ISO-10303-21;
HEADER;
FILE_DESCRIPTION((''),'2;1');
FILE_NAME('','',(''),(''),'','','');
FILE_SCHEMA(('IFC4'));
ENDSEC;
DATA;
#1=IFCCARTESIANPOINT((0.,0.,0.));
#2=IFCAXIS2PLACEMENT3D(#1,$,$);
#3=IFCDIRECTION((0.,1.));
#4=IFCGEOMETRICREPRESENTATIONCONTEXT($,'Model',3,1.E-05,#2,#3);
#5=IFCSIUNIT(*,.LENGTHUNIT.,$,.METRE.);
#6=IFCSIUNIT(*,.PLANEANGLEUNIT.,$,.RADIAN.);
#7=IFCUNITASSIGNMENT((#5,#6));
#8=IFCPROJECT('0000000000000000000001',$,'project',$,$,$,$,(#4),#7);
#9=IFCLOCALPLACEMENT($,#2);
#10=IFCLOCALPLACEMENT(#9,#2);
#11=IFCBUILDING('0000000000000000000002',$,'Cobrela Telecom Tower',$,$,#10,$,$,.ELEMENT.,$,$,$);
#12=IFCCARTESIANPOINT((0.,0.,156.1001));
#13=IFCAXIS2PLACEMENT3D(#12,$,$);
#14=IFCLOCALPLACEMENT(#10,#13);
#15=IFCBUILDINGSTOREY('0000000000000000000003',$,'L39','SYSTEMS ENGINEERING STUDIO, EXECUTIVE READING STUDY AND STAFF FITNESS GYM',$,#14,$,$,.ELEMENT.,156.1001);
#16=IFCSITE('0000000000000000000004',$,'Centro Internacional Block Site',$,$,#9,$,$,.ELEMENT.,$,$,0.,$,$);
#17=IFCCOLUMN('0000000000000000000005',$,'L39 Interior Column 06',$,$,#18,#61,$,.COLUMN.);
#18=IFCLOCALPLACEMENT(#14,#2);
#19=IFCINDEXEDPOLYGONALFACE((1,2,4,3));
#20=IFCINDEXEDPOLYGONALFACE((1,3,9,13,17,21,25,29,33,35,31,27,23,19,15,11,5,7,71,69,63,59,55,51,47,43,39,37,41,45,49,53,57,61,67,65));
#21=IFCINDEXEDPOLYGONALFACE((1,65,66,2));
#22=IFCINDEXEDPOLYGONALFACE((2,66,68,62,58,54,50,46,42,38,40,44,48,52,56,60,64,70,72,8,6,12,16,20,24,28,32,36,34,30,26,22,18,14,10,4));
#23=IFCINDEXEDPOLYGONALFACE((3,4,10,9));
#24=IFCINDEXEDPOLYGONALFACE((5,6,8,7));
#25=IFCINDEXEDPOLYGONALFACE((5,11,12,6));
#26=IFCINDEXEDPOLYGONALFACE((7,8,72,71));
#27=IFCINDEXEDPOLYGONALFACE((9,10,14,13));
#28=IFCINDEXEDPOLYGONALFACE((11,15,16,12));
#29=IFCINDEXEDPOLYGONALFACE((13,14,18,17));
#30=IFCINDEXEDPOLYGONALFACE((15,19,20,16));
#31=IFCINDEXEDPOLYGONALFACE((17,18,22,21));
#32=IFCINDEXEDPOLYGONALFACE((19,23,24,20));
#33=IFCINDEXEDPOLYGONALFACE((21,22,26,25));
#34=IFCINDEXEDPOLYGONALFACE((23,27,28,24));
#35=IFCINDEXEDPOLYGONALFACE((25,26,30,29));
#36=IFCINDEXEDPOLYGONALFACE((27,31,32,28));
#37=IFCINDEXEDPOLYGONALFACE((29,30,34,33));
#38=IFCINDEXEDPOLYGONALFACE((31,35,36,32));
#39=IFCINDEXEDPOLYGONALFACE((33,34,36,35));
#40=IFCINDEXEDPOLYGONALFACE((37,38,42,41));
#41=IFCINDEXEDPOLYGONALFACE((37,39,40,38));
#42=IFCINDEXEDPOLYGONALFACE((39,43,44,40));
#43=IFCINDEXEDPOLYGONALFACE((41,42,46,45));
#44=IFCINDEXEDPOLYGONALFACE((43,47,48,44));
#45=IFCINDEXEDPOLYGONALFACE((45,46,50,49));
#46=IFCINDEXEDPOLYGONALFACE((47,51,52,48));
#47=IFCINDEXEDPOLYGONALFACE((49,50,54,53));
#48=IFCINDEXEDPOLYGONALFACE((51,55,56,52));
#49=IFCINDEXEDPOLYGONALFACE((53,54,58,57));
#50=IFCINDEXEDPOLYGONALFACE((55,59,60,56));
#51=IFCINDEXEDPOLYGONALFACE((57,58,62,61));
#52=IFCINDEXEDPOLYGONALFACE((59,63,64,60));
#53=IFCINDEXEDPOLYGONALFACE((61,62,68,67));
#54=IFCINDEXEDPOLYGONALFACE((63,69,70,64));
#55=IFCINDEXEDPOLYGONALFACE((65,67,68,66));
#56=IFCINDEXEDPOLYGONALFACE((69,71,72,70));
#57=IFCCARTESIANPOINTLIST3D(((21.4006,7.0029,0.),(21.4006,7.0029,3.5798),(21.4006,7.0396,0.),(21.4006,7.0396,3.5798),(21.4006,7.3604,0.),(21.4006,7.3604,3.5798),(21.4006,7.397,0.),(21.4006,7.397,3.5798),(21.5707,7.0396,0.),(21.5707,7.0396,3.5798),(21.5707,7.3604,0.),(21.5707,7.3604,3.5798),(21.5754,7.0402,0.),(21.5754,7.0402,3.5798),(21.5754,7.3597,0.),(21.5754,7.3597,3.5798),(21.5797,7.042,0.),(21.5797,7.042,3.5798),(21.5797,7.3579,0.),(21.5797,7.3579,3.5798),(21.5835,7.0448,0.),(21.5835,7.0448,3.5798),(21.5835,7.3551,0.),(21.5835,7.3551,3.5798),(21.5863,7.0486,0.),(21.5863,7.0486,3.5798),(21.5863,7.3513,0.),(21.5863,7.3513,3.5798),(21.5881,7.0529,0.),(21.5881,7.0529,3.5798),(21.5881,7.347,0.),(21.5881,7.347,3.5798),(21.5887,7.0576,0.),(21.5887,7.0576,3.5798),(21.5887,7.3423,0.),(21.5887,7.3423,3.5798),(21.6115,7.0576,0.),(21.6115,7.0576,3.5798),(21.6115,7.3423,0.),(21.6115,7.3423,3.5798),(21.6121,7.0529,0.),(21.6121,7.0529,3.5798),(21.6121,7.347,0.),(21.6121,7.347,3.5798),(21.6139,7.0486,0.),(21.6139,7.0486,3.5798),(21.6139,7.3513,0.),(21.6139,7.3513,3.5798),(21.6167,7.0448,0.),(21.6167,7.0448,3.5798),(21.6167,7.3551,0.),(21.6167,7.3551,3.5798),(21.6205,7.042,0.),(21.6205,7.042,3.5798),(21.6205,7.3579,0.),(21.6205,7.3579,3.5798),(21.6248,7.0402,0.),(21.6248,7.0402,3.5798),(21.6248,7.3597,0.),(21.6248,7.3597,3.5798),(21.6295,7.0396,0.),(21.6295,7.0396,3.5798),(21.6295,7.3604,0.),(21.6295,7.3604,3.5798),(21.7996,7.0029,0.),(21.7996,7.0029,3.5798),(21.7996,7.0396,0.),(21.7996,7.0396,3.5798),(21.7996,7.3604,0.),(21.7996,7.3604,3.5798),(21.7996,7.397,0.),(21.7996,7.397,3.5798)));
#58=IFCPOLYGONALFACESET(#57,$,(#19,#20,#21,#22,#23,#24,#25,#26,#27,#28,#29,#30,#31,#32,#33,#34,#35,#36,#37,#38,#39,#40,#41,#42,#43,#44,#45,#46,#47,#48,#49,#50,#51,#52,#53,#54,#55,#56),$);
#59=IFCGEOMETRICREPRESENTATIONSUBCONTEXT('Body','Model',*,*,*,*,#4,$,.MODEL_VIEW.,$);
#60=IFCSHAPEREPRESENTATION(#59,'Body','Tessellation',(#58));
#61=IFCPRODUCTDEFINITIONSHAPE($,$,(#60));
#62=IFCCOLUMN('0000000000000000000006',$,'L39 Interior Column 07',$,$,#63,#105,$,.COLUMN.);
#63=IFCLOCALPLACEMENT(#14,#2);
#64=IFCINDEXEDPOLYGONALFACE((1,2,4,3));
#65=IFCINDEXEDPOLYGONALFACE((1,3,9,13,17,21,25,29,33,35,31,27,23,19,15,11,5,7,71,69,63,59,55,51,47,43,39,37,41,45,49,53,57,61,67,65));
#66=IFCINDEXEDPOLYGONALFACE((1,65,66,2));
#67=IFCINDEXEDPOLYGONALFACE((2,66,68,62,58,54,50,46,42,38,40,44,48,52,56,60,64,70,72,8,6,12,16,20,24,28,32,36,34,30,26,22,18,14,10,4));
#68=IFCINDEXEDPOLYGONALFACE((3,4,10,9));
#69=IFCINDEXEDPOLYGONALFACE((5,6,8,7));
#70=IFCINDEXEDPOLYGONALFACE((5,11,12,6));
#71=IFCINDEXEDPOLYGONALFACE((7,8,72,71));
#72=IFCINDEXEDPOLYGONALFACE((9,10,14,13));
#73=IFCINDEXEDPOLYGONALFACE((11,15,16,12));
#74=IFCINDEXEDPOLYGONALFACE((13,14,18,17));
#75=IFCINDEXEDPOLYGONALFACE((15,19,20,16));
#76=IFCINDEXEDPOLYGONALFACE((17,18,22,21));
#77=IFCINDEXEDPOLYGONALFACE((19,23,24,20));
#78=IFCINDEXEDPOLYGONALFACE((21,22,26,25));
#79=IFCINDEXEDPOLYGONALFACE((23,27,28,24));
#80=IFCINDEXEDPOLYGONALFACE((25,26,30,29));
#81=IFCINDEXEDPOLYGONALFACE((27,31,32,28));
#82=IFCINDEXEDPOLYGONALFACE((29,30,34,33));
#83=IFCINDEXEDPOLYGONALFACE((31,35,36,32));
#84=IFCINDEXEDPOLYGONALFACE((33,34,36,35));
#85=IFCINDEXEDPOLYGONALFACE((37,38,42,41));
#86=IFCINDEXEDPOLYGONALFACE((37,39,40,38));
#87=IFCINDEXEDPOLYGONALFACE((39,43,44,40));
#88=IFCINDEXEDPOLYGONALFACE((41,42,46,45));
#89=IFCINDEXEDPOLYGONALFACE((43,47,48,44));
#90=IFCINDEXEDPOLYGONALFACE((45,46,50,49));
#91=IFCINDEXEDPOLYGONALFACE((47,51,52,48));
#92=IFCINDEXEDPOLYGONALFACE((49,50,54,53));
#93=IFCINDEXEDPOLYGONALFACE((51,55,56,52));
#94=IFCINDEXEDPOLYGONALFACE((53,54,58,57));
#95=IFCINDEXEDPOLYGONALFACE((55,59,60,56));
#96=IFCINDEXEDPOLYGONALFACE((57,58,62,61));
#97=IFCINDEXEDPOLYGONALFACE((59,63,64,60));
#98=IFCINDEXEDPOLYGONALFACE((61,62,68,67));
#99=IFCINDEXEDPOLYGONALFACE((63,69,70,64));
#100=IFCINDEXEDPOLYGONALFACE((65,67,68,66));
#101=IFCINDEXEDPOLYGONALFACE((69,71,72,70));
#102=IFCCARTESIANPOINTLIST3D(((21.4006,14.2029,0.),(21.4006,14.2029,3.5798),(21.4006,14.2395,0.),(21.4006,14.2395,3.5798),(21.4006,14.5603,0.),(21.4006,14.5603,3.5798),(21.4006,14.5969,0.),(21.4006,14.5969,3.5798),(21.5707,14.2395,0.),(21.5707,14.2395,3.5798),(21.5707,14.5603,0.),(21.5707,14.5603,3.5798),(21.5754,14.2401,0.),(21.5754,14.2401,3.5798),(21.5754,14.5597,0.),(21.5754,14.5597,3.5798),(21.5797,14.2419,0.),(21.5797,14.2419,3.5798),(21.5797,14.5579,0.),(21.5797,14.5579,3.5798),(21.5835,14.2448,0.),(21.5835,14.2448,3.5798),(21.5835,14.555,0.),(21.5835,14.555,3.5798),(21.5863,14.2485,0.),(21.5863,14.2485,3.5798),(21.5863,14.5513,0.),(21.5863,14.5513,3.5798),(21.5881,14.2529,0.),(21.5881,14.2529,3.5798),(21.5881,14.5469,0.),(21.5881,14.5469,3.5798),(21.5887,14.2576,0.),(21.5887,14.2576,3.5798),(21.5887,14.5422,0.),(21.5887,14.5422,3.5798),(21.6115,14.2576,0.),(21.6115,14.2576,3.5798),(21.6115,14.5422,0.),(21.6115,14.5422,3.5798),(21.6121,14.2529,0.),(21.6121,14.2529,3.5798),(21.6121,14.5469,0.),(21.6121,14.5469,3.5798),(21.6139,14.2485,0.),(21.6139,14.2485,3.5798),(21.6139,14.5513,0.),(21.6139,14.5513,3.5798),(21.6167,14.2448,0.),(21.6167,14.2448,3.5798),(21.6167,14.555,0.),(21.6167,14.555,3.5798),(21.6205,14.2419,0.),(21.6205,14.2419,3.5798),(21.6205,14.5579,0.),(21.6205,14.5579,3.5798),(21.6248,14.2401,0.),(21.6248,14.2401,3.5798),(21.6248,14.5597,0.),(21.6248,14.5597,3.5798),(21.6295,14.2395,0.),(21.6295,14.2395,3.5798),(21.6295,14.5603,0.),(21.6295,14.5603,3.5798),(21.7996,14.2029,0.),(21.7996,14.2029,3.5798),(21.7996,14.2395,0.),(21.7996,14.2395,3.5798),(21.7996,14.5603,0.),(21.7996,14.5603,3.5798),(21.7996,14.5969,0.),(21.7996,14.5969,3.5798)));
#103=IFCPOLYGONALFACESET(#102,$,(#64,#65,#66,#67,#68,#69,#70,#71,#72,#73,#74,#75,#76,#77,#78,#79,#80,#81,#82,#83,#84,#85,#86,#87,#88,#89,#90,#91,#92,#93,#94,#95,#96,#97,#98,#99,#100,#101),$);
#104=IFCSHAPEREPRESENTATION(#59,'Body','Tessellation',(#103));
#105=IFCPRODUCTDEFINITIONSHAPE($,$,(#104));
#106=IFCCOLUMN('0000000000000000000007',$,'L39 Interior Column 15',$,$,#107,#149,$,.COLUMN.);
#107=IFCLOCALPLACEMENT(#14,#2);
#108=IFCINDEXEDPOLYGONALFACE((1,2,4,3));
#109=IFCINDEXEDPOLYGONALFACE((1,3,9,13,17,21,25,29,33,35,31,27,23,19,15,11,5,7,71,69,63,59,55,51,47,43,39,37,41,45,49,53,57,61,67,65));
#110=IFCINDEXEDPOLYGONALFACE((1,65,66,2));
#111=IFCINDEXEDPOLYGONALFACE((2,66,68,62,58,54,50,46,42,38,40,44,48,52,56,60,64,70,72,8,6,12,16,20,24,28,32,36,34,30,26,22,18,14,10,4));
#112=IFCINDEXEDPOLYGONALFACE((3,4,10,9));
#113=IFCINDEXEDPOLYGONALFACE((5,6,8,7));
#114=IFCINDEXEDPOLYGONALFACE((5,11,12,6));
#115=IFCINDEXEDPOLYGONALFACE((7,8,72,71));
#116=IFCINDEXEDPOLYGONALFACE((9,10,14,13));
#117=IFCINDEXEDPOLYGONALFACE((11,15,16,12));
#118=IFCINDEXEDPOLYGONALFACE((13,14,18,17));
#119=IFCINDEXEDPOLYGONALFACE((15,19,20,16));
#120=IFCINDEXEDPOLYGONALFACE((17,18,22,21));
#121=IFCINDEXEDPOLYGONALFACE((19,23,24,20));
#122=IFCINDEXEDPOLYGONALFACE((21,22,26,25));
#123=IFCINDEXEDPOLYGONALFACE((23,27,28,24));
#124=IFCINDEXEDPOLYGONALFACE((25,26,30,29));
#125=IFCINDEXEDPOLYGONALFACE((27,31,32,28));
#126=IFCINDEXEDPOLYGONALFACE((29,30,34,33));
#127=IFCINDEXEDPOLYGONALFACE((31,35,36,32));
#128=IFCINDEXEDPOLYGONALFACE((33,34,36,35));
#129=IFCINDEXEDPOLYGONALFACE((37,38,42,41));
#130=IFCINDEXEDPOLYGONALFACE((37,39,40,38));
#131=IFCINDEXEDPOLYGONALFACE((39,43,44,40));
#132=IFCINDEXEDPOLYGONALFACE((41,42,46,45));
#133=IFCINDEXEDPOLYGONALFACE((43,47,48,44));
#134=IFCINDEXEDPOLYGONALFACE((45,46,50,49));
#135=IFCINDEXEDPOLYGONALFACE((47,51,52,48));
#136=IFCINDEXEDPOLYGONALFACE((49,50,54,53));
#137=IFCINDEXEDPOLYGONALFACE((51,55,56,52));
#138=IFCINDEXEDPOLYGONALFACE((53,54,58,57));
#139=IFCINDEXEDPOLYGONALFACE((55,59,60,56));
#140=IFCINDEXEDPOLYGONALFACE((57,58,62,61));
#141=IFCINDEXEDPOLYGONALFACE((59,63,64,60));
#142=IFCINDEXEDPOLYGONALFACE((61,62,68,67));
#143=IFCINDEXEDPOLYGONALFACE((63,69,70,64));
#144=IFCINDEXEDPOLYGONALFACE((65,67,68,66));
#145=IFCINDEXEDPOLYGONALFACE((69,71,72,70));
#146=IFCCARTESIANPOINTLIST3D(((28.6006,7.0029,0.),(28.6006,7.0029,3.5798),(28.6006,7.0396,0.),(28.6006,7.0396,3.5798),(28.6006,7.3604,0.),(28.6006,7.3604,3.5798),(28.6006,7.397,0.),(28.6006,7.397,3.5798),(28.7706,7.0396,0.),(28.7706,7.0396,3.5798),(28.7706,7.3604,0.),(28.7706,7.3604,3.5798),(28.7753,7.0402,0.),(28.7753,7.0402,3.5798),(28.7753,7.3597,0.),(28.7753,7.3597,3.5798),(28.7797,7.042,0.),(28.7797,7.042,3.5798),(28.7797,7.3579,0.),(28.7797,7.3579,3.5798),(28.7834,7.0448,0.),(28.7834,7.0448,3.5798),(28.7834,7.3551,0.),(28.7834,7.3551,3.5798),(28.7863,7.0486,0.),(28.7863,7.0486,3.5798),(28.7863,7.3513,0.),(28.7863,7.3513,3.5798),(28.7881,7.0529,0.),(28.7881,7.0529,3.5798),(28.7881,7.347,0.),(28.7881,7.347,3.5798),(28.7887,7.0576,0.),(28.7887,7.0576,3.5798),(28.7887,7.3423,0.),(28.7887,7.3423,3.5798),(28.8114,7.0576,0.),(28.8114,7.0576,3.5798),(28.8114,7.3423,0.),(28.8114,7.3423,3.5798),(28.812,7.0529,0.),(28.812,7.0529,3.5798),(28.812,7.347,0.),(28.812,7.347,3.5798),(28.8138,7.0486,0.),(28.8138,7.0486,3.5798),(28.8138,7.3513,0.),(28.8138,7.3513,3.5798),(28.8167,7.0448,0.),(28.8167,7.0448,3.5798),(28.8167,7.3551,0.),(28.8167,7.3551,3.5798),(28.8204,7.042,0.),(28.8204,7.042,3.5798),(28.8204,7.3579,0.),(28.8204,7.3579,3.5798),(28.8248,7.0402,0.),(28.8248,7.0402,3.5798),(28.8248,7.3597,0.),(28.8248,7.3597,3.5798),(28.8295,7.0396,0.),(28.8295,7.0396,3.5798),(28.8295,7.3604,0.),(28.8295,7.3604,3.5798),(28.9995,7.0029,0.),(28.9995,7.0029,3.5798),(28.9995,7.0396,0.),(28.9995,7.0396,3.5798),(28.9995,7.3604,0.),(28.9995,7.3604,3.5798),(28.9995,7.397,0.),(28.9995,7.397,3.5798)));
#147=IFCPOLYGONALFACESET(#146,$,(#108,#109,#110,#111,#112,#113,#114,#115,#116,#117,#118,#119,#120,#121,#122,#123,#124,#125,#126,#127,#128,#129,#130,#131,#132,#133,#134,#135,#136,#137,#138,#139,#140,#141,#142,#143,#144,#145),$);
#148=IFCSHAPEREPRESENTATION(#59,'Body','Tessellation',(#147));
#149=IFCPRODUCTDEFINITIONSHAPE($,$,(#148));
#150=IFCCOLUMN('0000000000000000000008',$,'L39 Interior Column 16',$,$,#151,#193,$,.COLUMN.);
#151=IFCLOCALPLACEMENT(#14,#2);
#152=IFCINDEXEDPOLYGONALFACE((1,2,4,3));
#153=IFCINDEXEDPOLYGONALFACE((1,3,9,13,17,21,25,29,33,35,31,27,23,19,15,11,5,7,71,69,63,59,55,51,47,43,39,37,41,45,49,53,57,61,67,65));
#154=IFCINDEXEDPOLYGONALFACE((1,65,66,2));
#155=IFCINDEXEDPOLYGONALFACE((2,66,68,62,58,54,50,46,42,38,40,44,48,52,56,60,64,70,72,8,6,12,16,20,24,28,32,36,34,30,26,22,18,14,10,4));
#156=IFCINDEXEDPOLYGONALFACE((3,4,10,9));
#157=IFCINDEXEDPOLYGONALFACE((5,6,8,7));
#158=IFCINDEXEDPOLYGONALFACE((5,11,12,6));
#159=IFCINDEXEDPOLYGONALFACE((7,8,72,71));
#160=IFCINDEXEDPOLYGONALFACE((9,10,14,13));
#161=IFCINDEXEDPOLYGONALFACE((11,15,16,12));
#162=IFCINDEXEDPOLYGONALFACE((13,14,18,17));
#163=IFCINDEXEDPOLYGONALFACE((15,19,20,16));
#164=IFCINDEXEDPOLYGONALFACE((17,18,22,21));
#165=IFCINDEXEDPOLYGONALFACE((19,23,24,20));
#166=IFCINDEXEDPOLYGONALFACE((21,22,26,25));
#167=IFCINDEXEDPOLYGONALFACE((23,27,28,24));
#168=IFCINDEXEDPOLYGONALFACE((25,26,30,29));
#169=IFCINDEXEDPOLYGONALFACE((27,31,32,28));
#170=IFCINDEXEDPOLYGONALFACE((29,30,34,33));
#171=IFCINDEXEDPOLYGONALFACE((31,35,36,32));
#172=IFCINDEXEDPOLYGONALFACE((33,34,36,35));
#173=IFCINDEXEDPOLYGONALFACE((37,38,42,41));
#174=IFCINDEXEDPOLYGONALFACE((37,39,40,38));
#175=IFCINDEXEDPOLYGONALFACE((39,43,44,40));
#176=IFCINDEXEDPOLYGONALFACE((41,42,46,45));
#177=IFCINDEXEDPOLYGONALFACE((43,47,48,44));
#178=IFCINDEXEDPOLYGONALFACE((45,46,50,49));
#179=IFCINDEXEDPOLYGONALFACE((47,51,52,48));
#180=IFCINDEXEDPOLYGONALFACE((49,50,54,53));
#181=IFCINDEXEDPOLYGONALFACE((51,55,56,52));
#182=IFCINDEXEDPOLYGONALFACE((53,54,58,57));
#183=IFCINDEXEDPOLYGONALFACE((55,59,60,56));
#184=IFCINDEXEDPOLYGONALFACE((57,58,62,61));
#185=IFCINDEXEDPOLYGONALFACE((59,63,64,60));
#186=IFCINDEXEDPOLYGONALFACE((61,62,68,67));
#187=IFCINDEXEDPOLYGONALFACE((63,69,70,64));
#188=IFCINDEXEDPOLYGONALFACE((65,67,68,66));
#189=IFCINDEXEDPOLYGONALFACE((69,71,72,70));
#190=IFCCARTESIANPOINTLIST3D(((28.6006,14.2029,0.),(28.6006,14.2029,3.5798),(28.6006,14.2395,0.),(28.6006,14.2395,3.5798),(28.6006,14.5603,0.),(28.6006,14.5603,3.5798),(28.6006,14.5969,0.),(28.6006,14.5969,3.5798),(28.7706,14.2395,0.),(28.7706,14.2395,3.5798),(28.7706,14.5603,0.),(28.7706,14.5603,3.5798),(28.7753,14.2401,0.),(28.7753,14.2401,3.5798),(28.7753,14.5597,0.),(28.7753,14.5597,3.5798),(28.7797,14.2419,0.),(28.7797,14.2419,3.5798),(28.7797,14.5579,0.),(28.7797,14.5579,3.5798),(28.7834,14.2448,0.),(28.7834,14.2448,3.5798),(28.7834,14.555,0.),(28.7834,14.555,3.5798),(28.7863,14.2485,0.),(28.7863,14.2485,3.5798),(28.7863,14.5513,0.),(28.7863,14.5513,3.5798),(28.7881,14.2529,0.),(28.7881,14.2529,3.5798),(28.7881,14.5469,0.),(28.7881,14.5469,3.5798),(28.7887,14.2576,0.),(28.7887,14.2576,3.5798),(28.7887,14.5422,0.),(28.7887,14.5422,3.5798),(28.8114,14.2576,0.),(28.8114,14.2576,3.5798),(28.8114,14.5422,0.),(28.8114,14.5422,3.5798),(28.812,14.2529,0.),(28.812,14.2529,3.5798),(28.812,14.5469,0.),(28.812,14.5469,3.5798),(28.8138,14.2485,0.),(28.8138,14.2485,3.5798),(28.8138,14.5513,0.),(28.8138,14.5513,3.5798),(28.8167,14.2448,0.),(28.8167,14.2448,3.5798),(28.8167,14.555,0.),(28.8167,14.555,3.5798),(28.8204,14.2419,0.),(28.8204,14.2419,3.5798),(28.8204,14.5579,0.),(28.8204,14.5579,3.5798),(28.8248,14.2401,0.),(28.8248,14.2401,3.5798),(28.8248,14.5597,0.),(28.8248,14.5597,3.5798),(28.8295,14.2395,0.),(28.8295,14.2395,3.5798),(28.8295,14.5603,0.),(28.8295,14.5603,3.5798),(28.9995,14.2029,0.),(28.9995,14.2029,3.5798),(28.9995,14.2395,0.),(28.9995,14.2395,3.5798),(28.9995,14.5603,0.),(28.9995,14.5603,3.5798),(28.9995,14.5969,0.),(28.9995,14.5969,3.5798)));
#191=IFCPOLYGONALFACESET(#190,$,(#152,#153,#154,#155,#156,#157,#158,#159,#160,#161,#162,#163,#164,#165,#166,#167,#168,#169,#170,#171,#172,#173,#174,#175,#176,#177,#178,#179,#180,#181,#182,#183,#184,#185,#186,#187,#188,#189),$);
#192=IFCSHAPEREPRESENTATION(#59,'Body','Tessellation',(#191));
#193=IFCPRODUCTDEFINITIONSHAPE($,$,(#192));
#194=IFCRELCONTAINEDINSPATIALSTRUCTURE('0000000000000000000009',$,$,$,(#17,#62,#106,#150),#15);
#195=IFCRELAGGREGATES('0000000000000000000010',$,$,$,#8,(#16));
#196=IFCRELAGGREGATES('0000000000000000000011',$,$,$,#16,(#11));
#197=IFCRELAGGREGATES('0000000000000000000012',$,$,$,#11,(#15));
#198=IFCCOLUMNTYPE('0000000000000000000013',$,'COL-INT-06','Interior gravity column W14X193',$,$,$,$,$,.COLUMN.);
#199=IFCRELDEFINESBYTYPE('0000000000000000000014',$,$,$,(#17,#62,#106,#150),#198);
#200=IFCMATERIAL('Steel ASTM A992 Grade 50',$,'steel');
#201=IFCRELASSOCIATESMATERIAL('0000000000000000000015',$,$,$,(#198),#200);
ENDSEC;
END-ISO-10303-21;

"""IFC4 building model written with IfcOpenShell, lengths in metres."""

from ifc_helpers import new_model, si_unit, direction, frame, origin, origin_2d, place, context, subcontext, project, spatial, i_section, extrude, material, material_profile, profile_set, type_object, element, save


model = new_model("IFC4")

# Units and contexts
model_context = context("Model", 3, precision=1e-05, world=origin(), true_north=direction((0.0, 1.0)))
body_context = subcontext(model_context, "Body", "Model", "MODEL_VIEW")
ifc_project = project(units=[si_unit("LENGTHUNIT", "METRE"), si_unit("PLANEANGLEUNIT", "RADIAN")], contexts=[model_context])

# Site, building, storey
site_placement = place(None, origin())
site = spatial("IfcSite", under=ifc_project, at=site_placement, Name="Centro Internacional Block Site", CompositionType="ELEMENT", RefElevation=0.0)
building_placement = place(site_placement, origin())
building = spatial("IfcBuilding", under=site, at=building_placement, Name="Cobrela Telecom Tower", CompositionType="ELEMENT")
storey_placement = place(building_placement, frame((0.0, 0.0, 156.1001)))
storey = spatial("IfcBuildingStorey", under=building, at=storey_placement, Name="L39", Description="SYSTEMS ENGINEERING STUDIO, EXECUTIVE READING STUDY AND STAFF FITNESS GYM", CompositionType="ELEMENT", Elevation=156.1001)

# Columns
ifc_material_1 = material(Name="Steel ASTM A992 Grade 50", Category="steel")
ifc_material_profile_1 = material_profile(ifc_material_1, i_section(OverallWidth=0.3989, OverallDepth=0.394, WebThickness=0.0227, FlangeThickness=0.0366, FilletRadius=0.0181, at=origin_2d()), Name="W14X193")
ifc_profile_set_1 = profile_set([ifc_material_profile_1], Name="Steel ASTM A992 Grade 50")
column_type_1 = type_object("IfcColumnType", Name="COL-INT-06", Description="Interior gravity column W14X193", PredefinedType="COLUMN", material=ifc_profile_set_1)
for number, where, z_axis, x_axis, name in (
    (1, (21.6001, 7.2, 0.0), (0.0, 0.0, 1.0), (1.0, 0.0, 0.0), "L39 Interior Column 06"),
    (2, (21.6001, 14.3999, 0.0), (0.0, 0.0, 1.0), (1.0, 0.0, 0.0), "L39 Interior Column 07"),
    (3, (28.8, 7.2, 0.0), (0.0, 0.0, 1.0), (1.0, 0.0, 0.0), "L39 Interior Column 15"),
    (4, (28.8, 14.3999, 0.0), (0.0, 0.0, 1.0), (1.0, 0.0, 0.0), "L39 Interior Column 16"),
):
    element("IfcColumn", number, at=place(storey_placement, frame(where, z_axis=z_axis, x_axis=x_axis)), inside=storey, type_object=column_type_1, Name=name, PredefinedType="COLUMN", context=body_context, shape_type="SweptSolid", body=[
        extrude(i_section(OverallWidth=0.3989, OverallDepth=0.394, WebThickness=0.0227, FlangeThickness=0.0366, FilletRadius=0.0181, at=origin_2d()), origin(), (0.0, 0.0, 1.0), 3.5798),
    ])

save(model, "model.ifc")
